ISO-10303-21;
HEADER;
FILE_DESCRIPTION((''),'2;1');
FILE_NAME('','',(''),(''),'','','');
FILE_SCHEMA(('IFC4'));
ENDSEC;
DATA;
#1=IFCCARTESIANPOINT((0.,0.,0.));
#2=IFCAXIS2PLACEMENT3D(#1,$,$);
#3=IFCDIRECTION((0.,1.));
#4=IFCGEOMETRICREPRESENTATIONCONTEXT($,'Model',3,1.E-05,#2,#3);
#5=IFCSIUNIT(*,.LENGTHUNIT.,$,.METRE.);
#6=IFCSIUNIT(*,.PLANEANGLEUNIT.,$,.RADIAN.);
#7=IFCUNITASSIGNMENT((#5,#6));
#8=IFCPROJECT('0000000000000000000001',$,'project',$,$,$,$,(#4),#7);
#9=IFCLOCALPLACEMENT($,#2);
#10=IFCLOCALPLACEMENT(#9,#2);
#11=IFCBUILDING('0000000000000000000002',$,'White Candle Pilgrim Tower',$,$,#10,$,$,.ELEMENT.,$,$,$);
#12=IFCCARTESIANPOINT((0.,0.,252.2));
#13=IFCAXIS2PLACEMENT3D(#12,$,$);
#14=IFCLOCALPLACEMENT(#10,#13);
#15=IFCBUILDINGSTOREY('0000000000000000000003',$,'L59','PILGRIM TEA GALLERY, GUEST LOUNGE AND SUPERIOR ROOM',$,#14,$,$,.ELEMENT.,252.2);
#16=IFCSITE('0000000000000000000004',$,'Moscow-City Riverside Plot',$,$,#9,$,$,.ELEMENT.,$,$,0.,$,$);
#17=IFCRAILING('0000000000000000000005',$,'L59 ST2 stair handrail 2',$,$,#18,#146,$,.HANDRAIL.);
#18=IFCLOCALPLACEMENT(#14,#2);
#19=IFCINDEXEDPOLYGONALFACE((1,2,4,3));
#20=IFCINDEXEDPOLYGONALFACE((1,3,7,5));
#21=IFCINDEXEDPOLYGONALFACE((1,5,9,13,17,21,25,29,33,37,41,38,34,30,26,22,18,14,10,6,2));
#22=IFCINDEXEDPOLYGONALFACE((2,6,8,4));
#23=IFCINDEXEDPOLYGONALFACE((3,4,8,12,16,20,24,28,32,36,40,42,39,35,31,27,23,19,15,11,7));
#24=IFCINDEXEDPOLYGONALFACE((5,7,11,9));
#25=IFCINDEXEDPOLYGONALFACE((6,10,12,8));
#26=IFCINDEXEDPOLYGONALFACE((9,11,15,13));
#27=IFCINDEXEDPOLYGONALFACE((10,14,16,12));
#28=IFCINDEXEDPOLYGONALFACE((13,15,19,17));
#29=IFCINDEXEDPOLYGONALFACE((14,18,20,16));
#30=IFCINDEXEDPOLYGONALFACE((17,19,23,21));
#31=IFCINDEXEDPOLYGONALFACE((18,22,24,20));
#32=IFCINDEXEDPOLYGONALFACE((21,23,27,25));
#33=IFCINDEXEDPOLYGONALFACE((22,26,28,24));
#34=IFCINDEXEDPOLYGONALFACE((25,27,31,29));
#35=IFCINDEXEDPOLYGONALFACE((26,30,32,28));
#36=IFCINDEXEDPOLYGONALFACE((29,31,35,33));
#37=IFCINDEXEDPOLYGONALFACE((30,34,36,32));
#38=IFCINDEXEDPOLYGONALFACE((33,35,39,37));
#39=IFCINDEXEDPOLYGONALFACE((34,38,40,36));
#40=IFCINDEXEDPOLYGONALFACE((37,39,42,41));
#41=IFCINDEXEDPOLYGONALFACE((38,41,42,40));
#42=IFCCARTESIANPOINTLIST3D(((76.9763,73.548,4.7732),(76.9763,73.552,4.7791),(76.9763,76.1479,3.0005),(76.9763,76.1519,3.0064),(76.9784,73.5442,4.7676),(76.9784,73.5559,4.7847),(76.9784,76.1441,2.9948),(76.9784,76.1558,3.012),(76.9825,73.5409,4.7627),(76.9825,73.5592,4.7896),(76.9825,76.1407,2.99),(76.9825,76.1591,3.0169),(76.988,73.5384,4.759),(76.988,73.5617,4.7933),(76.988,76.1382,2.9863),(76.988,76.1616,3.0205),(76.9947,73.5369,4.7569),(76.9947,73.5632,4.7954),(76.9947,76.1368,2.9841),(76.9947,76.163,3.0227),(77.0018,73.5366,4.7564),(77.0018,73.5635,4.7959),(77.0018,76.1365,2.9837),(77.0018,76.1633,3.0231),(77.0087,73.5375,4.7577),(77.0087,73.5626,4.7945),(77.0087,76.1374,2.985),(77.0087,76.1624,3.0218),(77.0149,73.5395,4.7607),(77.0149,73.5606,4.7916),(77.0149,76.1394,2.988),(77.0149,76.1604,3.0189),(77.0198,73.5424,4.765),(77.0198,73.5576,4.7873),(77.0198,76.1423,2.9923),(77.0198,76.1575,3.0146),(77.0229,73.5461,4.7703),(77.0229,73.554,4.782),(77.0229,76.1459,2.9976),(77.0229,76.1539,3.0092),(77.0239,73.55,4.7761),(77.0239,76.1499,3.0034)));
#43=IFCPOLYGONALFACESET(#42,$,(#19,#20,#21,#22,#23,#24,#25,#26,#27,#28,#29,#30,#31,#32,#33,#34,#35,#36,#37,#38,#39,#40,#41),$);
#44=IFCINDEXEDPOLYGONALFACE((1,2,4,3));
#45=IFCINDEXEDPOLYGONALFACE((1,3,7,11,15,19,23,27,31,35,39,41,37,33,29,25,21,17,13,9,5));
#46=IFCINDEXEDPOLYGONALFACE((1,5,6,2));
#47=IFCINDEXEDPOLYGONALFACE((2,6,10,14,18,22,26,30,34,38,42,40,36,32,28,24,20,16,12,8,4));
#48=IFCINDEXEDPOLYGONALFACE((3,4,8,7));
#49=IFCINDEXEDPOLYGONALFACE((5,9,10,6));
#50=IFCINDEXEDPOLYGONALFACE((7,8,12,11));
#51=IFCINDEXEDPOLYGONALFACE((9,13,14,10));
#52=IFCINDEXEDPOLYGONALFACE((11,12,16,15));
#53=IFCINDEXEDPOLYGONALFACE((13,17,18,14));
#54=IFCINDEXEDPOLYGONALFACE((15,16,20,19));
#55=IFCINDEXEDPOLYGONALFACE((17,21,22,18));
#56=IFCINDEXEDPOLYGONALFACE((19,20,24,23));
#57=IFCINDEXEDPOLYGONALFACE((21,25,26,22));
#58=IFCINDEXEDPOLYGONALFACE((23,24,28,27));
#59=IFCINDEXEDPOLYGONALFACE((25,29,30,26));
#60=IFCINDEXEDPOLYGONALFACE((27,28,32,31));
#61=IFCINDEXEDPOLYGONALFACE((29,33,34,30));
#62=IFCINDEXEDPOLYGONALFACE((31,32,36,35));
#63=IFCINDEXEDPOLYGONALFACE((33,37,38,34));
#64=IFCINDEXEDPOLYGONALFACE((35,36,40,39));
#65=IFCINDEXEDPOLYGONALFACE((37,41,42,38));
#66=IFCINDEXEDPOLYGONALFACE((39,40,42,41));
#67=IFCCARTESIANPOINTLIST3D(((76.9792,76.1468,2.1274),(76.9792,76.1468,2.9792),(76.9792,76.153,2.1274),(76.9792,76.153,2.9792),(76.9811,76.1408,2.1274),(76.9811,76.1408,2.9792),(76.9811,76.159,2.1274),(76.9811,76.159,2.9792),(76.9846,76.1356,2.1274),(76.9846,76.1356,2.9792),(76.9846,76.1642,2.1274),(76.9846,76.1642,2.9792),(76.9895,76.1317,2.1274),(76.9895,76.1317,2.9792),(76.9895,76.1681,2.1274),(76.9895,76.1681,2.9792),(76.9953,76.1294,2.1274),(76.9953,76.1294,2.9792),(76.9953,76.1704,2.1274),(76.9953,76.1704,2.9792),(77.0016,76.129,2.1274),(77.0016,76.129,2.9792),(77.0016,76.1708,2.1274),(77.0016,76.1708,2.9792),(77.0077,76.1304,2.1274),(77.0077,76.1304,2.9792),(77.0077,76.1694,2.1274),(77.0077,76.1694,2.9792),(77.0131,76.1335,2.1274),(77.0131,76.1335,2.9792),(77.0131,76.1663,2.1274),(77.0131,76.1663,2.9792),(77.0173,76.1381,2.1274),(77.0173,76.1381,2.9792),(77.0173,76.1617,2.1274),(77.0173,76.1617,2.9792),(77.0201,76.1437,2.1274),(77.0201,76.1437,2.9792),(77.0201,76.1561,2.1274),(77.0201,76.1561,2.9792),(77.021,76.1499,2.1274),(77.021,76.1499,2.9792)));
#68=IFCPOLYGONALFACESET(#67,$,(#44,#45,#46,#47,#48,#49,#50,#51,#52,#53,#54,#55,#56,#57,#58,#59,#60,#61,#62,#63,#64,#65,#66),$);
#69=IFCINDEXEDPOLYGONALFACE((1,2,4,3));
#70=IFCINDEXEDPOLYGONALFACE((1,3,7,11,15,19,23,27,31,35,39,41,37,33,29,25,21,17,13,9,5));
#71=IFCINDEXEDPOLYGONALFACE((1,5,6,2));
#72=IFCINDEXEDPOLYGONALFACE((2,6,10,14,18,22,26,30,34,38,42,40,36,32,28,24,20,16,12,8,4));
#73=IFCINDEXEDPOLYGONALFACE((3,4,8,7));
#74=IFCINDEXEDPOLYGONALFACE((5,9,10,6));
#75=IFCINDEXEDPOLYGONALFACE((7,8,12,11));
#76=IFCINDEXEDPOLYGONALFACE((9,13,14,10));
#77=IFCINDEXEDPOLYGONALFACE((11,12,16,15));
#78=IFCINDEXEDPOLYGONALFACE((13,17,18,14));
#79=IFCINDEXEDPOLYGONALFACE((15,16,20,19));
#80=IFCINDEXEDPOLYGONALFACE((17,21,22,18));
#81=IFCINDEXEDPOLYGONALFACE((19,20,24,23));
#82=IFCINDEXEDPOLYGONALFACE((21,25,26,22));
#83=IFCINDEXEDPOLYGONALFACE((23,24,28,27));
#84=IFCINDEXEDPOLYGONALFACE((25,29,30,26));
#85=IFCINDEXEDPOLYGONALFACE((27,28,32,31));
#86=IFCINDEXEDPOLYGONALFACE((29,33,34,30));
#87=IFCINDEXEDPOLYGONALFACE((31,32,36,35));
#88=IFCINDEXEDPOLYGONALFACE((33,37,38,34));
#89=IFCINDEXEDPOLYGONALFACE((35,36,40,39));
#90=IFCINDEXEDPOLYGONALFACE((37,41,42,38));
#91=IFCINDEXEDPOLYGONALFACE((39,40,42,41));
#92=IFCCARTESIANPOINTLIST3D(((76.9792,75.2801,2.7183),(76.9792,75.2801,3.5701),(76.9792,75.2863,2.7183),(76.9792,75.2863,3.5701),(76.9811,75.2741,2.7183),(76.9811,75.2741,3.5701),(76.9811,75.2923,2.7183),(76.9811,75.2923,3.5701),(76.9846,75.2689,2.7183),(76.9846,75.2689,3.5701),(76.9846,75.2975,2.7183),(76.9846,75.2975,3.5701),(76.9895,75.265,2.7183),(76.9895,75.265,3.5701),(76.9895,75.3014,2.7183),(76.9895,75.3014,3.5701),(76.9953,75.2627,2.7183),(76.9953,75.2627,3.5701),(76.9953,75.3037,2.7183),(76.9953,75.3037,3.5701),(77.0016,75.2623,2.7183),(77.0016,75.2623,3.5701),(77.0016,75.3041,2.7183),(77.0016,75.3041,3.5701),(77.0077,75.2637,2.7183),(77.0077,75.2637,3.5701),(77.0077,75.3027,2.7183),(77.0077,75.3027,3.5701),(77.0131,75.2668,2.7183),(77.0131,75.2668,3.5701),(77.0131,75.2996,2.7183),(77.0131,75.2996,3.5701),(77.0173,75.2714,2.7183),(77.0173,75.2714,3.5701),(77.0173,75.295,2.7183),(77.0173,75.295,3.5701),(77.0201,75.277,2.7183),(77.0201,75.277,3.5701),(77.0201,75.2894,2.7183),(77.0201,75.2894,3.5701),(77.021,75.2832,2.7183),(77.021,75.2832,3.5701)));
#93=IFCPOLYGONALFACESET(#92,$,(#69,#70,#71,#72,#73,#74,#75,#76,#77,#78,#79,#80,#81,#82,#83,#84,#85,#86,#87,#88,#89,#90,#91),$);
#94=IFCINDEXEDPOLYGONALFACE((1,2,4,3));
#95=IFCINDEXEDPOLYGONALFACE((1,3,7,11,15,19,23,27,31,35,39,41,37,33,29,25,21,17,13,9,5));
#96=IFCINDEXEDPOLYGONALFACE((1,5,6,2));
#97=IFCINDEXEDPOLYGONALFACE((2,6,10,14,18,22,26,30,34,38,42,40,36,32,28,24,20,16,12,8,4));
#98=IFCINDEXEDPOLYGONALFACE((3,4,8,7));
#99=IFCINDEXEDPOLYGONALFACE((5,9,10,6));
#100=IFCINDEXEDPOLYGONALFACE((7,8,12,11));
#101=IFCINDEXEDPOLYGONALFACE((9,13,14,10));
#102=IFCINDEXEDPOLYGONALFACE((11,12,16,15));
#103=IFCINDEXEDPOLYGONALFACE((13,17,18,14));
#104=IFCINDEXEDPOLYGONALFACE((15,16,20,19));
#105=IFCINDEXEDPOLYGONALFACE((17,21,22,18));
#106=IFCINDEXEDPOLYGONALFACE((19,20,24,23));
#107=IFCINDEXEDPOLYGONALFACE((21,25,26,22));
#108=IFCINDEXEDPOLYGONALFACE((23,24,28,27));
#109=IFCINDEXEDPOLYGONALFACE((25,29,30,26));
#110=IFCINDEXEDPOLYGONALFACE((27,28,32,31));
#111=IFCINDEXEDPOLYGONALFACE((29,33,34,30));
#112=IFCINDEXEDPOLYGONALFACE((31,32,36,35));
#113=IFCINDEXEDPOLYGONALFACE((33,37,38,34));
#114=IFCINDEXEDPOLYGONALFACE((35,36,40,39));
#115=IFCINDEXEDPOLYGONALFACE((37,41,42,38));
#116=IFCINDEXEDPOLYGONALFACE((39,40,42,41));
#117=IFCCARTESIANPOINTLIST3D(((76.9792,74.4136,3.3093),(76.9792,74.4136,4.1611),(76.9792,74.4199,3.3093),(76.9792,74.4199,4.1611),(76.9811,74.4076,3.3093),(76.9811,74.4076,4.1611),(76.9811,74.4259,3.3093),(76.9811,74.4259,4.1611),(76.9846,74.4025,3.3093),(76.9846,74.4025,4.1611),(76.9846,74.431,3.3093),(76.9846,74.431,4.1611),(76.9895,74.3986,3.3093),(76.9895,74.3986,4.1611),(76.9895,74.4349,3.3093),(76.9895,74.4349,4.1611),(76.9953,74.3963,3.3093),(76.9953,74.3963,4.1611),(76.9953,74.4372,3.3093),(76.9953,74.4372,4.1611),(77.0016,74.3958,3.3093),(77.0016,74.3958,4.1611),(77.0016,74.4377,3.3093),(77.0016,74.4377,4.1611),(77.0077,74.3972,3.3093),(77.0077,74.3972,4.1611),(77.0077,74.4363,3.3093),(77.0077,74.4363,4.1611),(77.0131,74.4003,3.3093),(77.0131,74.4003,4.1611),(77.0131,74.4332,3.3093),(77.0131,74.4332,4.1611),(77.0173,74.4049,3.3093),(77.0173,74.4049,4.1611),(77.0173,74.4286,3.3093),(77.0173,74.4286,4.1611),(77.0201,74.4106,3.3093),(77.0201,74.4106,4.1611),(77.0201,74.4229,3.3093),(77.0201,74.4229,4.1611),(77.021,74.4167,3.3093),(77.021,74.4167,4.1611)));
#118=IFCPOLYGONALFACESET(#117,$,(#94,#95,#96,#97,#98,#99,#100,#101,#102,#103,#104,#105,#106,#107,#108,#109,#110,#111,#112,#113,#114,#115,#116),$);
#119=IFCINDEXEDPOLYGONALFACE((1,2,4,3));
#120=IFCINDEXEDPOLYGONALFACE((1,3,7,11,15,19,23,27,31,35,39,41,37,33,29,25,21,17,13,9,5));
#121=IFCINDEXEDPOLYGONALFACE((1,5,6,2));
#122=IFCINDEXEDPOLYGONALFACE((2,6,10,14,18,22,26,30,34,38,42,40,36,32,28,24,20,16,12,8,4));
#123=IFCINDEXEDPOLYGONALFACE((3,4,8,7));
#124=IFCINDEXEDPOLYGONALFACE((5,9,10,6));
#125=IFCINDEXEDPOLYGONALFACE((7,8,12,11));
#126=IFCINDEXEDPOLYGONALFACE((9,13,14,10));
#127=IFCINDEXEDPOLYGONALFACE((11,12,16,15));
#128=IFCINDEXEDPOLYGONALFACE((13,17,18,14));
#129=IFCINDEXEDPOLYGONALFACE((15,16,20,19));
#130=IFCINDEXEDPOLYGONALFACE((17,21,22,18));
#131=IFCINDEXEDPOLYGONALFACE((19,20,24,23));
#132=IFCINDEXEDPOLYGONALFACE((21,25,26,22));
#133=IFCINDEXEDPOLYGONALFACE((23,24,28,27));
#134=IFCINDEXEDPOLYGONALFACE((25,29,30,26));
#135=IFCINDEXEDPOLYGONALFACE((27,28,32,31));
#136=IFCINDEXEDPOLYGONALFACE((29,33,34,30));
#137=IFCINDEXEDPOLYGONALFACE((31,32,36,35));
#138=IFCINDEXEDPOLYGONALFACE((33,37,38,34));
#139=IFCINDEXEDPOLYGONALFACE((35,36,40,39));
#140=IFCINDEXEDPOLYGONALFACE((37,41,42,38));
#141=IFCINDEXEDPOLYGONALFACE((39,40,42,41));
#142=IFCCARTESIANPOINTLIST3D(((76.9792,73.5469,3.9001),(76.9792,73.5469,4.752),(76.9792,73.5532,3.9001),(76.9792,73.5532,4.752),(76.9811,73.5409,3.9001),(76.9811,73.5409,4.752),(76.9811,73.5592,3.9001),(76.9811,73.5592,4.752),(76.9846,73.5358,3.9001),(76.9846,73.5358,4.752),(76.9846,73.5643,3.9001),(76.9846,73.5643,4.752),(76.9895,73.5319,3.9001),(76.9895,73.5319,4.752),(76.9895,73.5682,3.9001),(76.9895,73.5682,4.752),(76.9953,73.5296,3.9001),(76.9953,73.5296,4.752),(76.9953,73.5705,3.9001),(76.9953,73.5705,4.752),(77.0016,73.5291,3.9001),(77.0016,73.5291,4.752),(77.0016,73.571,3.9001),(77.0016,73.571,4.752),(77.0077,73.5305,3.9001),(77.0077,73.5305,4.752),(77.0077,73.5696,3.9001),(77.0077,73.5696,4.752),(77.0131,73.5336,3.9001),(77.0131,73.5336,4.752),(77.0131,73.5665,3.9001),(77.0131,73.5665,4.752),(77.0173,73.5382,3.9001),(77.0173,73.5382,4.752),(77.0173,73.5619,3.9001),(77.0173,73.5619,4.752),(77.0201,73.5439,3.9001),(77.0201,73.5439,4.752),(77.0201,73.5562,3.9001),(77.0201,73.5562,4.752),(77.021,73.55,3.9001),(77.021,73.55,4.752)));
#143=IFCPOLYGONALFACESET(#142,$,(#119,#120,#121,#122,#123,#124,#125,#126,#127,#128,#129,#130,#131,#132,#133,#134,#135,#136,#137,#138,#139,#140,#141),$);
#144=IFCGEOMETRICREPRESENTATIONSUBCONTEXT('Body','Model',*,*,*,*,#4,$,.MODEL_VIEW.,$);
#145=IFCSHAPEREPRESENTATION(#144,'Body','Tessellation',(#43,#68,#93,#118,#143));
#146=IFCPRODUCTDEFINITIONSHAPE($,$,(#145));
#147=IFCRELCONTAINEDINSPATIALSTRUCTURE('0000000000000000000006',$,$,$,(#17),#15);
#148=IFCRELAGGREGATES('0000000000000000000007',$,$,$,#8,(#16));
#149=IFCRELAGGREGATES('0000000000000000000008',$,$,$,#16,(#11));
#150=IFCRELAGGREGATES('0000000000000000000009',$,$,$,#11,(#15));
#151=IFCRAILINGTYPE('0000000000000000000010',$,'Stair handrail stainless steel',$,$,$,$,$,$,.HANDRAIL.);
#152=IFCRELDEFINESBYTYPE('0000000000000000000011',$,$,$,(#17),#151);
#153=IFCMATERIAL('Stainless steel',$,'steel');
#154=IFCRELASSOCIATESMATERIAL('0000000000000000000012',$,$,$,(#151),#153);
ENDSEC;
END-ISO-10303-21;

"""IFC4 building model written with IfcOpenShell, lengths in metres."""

from ifc_helpers import new_model, si_unit, direction, frame, origin, origin_2d, place, context, subcontext, project, spatial, circle, extrude, material, type_object, element, save


model = new_model("IFC4")

# Units and contexts
model_context = context("Model", 3, precision=1e-05, world=origin(), true_north=direction((0.0, 1.0)))
body_context = subcontext(model_context, "Body", "Model", "MODEL_VIEW")
ifc_project = project(units=[si_unit("LENGTHUNIT", "METRE"), si_unit("PLANEANGLEUNIT", "RADIAN")], contexts=[model_context])

# Site, building, storey
site_placement = place(None, origin())
site = spatial("IfcSite", under=ifc_project, at=site_placement, Name="Moscow-City Riverside Plot", CompositionType="ELEMENT", RefElevation=0.0)
building_placement = place(site_placement, origin())
building = spatial("IfcBuilding", under=site, at=building_placement, Name="White Candle Pilgrim Tower", CompositionType="ELEMENT")
storey_placement = place(building_placement, frame((0.0, 0.0, 252.2)))
storey = spatial("IfcBuildingStorey", under=building, at=storey_placement, Name="L59", Description="PILGRIM TEA GALLERY, GUEST LOUNGE AND SUPERIOR ROOM", CompositionType="ELEMENT", Elevation=252.2)

# Railing
ifc_material_1 = material(Name="Stainless steel", Category="steel")
railing_type_1 = type_object("IfcRailingType", Name="Stair handrail stainless steel", PredefinedType="HANDRAIL", material=ifc_material_1)
railing_1_placement = place(storey_placement, frame((77.0, 76.1499, 2.1274)))
element("IfcRailing", 1, at=railing_1_placement, inside=storey, type_object=railing_type_1, Name="L59 ST2 stair handrail 2", PredefinedType="HANDRAIL", context=body_context, shape_type="SweptSolid", body=[
    extrude(circle(Radius=0.0239, at=origin_2d()), frame((0.0, 0.0, 0.876), z_axis=(0.0, -0.826216, 0.563354), x_axis=(1.0, 0.0, 0.0)), (0.0, 0.0, 1.0), 3.1467),
    extrude(circle(Radius=0.021, at=origin_2d()), origin(), (0.0, 0.0, 1.0), 0.8518),
    extrude(circle(Radius=0.021, at=origin_2d()), frame((0.0, -0.8667, 0.5908)), (0.0, 0.0, 1.0), 0.8518),
    extrude(circle(Radius=0.021, at=origin_2d()), frame((0.0, -1.7332, 1.1819)), (0.0, 0.0, 1.0), 0.8518),
    extrude(circle(Radius=0.021, at=origin_2d()), frame((0.0, -2.5999, 1.7727)), (0.0, 0.0, 1.0), 0.8518),
])

save(model, "model.ifc")
